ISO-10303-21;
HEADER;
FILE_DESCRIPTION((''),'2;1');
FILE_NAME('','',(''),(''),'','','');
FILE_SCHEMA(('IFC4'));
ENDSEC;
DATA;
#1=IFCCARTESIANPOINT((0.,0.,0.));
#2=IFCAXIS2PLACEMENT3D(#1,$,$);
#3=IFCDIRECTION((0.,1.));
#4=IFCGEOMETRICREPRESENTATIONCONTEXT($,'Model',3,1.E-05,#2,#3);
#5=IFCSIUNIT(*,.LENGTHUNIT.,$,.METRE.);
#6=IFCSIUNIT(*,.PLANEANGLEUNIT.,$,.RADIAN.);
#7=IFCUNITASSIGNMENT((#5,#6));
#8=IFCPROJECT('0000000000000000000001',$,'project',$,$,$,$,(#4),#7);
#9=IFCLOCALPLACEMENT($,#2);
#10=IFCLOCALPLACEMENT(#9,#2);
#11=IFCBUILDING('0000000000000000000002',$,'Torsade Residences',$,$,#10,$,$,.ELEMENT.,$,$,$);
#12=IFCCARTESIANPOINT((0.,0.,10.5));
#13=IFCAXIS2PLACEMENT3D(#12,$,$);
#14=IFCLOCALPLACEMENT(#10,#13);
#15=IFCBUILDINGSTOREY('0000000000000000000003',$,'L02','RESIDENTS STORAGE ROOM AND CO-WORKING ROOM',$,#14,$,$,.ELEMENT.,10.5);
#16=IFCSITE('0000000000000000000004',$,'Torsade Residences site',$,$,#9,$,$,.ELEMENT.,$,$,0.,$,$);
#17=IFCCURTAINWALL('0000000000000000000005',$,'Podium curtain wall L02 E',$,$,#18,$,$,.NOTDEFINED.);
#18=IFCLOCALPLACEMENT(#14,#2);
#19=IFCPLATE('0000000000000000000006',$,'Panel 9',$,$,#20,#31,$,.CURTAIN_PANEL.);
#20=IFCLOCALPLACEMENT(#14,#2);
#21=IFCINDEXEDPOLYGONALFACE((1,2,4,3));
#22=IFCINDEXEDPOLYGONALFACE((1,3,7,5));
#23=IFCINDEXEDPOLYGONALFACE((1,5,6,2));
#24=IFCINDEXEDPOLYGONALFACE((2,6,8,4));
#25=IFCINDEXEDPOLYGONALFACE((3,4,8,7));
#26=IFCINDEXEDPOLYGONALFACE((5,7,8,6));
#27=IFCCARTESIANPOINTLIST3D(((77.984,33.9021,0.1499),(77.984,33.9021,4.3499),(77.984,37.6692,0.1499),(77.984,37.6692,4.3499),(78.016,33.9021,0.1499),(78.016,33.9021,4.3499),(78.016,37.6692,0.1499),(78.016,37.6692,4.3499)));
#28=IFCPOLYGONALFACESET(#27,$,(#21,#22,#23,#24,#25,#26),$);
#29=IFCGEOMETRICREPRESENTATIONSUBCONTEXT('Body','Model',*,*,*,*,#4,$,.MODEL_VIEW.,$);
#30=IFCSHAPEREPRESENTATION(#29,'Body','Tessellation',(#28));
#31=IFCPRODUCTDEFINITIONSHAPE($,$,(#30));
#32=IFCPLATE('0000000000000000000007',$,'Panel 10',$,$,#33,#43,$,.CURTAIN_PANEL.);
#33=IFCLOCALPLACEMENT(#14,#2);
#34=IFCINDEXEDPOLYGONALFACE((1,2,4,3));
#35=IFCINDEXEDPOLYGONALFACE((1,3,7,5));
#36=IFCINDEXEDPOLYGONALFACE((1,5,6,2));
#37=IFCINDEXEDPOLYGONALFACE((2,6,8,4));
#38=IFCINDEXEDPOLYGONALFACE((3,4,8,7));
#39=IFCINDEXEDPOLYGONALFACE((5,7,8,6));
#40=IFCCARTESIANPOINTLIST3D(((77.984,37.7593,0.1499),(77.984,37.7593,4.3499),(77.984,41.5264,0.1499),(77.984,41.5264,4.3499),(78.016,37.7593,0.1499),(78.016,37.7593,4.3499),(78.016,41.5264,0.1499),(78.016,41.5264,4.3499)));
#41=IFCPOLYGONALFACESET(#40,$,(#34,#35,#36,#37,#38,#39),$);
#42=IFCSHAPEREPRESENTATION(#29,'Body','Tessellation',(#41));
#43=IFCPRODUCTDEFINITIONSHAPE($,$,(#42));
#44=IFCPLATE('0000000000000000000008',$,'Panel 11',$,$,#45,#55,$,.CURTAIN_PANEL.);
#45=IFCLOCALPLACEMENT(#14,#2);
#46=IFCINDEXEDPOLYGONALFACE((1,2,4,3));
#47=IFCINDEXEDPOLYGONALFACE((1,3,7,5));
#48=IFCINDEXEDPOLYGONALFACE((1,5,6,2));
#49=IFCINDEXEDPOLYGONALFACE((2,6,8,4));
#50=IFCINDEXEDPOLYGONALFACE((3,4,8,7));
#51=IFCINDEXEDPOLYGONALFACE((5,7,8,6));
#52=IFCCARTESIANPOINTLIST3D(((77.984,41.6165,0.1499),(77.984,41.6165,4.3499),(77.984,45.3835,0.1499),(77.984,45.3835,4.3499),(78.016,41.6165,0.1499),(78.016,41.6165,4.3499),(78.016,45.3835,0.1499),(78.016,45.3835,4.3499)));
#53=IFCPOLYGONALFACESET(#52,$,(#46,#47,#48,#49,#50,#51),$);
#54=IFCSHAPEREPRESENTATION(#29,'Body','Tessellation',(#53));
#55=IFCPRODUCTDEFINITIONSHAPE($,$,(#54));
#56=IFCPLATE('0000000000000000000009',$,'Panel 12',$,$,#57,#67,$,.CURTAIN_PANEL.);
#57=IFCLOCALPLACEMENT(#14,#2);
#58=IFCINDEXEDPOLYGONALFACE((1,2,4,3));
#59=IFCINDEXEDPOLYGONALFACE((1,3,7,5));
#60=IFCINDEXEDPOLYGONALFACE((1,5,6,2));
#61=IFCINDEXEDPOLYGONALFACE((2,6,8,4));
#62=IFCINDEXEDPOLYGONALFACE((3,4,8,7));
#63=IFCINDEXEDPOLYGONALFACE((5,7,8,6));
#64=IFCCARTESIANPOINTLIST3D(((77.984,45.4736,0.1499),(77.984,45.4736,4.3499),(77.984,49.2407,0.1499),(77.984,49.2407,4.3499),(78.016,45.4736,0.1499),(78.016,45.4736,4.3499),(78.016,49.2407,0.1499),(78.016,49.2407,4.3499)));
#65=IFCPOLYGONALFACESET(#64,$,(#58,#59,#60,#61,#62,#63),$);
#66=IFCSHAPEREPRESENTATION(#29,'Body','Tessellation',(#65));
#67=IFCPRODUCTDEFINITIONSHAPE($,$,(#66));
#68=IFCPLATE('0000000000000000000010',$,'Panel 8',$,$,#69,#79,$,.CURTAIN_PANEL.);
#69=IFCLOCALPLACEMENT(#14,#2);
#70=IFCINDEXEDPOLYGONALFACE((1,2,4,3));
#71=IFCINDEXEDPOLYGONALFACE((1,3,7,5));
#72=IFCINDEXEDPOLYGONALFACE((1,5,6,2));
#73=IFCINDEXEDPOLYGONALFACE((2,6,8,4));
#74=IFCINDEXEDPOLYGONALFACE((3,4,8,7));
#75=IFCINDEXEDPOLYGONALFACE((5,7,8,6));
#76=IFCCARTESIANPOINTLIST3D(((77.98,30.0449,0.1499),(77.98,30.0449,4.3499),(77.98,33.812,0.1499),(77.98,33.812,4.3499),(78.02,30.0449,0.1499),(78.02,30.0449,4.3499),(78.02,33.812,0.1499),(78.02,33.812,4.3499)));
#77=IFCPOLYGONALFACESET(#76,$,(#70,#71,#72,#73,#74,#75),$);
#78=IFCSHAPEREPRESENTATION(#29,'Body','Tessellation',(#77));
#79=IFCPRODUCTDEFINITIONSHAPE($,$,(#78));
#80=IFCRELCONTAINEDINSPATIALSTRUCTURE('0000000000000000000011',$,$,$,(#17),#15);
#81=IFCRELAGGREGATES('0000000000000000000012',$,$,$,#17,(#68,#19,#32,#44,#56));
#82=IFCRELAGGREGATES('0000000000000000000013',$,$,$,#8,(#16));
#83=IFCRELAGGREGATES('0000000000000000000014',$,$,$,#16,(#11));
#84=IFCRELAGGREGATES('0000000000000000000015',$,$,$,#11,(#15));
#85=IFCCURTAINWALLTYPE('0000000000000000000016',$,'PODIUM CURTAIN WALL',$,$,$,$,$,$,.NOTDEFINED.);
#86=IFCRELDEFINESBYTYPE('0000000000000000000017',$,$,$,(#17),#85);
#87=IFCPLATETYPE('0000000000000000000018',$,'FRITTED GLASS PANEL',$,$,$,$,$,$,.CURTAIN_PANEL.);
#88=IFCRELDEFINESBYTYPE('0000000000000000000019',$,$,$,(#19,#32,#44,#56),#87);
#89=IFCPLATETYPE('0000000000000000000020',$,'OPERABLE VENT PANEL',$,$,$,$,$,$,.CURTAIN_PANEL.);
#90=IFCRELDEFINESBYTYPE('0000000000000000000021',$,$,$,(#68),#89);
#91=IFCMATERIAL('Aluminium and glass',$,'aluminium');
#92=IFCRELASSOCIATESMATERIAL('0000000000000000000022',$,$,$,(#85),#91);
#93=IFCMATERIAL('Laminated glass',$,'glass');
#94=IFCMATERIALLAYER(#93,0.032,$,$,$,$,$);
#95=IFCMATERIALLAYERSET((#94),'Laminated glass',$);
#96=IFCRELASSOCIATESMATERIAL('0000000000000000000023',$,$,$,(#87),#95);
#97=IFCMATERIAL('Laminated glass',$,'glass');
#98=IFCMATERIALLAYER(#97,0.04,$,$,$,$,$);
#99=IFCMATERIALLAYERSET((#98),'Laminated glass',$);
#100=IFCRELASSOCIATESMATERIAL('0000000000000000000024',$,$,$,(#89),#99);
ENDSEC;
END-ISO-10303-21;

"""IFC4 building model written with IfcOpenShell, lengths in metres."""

from ifc_helpers import new_model, si_unit, direction, frame, origin, origin_2d, place, context, subcontext, project, spatial, rectangle, extrude, material, layer, layer_set, type_object, element, aggregate, save


model = new_model("IFC4")

# Units and contexts
model_context = context("Model", 3, precision=1e-05, world=origin(), true_north=direction((0.0, 1.0)))
body_context = subcontext(model_context, "Body", "Model", "MODEL_VIEW")
ifc_project = project(units=[si_unit("LENGTHUNIT", "METRE"), si_unit("PLANEANGLEUNIT", "RADIAN")], contexts=[model_context])

# Site, building, storey
site_placement = place(None, origin())
site = spatial("IfcSite", under=ifc_project, at=site_placement, Name="Torsade Residences site", CompositionType="ELEMENT", RefElevation=0.0)
building_placement = place(site_placement, origin())
building = spatial("IfcBuilding", under=site, at=building_placement, Name="Torsade Residences", CompositionType="ELEMENT")
storey_placement = place(building_placement, frame((0.0, 0.0, 10.5)))
storey = spatial("IfcBuildingStorey", under=building, at=storey_placement, Name="L02", Description="RESIDENTS STORAGE ROOM AND CO-WORKING ROOM", CompositionType="ELEMENT", Elevation=10.5)

# Curtain wall
ifc_material_1 = material(Name="Aluminium and glass", Category="aluminium")
curtain_wall_type = type_object("IfcCurtainWallType", Name="PODIUM CURTAIN WALL", PredefinedType="NOTDEFINED", material=ifc_material_1)
curtain_wall_placement = place(storey_placement, origin())
curtain_wall = element("IfcCurtainWall", 1, at=curtain_wall_placement, inside=storey, type_object=curtain_wall_type, Name="Podium curtain wall L02 E", PredefinedType="NOTDEFINED")

# Plates
ifc_material_2 = material(Name="Laminated glass", Category="glass")
ifc_layer_1 = layer(ifc_material_2, 0.032)
ifc_layer_set_1 = layer_set([ifc_layer_1], Name="Laminated glass")
plate_type_1 = type_object("IfcPlateType", Name="FRITTED GLASS PANEL", PredefinedType="CURTAIN_PANEL", material=ifc_layer_set_1)
plate_1_placement = place(storey_placement, frame((78.0, 35.7856, 0.1499), z_axis=(0.0, 0.0, 1.0), x_axis=(0.0, 1.0, 0.0)))
plate_1 = element("IfcPlate", 2, at=plate_1_placement, type_object=plate_type_1, Name="Panel 9", PredefinedType="CURTAIN_PANEL", context=body_context, shape_type="SweptSolid", body=[
    extrude(rectangle(XDim=3.7671, YDim=0.032, at=origin_2d()), origin(), (0.0, 0.0, 1.0), 4.2),
])
plate_2_placement = place(storey_placement, frame((78.0, 39.6428, 0.1499), z_axis=(0.0, 0.0, 1.0), x_axis=(0.0, 1.0, 0.0)))
plate_2 = element("IfcPlate", 3, at=plate_2_placement, type_object=plate_type_1, Name="Panel 10", PredefinedType="CURTAIN_PANEL", context=body_context, shape_type="SweptSolid", body=[
    extrude(rectangle(XDim=3.7671, YDim=0.032, at=origin_2d()), origin(), (0.0, 0.0, 1.0), 4.2),
])
plate_3_placement = place(storey_placement, frame((78.0, 43.5, 0.1499), z_axis=(0.0, 0.0, 1.0), x_axis=(0.0, 1.0, 0.0)))
plate_3 = element("IfcPlate", 4, at=plate_3_placement, type_object=plate_type_1, Name="Panel 11", PredefinedType="CURTAIN_PANEL", context=body_context, shape_type="SweptSolid", body=[
    extrude(rectangle(XDim=3.7671, YDim=0.032, at=origin_2d()), origin(), (0.0, 0.0, 1.0), 4.2),
])
plate_4_placement = place(storey_placement, frame((78.0, 47.3572, 0.1499), z_axis=(0.0, 0.0, 1.0), x_axis=(0.0, 1.0, 0.0)))
plate_4 = element("IfcPlate", 5, at=plate_4_placement, type_object=plate_type_1, Name="Panel 12", PredefinedType="CURTAIN_PANEL", context=body_context, shape_type="SweptSolid", body=[
    extrude(rectangle(XDim=3.7671, YDim=0.032, at=origin_2d()), origin(), (0.0, 0.0, 1.0), 4.2),
])
ifc_material_3 = material(Name="Laminated glass", Category="glass")
ifc_layer_2 = layer(ifc_material_3, 0.04)
ifc_layer_set_2 = layer_set([ifc_layer_2], Name="Laminated glass")
plate_type_2 = type_object("IfcPlateType", Name="OPERABLE VENT PANEL", PredefinedType="CURTAIN_PANEL", material=ifc_layer_set_2)
plate_5_placement = place(storey_placement, frame((78.0, 31.9285, 0.1499), z_axis=(0.0, 0.0, 1.0), x_axis=(0.0, 1.0, 0.0)))
plate_5 = element("IfcPlate", 6, at=plate_5_placement, type_object=plate_type_2, Name="Panel 8", PredefinedType="CURTAIN_PANEL", context=body_context, shape_type="SweptSolid", body=[
    extrude(rectangle(XDim=3.7671, YDim=0.04, at=origin_2d()), origin(), (0.0, 0.0, 1.0), 4.2),
])
aggregate(curtain_wall, [plate_5, plate_1, plate_2, plate_3, plate_4])

save(model, "model.ifc")
